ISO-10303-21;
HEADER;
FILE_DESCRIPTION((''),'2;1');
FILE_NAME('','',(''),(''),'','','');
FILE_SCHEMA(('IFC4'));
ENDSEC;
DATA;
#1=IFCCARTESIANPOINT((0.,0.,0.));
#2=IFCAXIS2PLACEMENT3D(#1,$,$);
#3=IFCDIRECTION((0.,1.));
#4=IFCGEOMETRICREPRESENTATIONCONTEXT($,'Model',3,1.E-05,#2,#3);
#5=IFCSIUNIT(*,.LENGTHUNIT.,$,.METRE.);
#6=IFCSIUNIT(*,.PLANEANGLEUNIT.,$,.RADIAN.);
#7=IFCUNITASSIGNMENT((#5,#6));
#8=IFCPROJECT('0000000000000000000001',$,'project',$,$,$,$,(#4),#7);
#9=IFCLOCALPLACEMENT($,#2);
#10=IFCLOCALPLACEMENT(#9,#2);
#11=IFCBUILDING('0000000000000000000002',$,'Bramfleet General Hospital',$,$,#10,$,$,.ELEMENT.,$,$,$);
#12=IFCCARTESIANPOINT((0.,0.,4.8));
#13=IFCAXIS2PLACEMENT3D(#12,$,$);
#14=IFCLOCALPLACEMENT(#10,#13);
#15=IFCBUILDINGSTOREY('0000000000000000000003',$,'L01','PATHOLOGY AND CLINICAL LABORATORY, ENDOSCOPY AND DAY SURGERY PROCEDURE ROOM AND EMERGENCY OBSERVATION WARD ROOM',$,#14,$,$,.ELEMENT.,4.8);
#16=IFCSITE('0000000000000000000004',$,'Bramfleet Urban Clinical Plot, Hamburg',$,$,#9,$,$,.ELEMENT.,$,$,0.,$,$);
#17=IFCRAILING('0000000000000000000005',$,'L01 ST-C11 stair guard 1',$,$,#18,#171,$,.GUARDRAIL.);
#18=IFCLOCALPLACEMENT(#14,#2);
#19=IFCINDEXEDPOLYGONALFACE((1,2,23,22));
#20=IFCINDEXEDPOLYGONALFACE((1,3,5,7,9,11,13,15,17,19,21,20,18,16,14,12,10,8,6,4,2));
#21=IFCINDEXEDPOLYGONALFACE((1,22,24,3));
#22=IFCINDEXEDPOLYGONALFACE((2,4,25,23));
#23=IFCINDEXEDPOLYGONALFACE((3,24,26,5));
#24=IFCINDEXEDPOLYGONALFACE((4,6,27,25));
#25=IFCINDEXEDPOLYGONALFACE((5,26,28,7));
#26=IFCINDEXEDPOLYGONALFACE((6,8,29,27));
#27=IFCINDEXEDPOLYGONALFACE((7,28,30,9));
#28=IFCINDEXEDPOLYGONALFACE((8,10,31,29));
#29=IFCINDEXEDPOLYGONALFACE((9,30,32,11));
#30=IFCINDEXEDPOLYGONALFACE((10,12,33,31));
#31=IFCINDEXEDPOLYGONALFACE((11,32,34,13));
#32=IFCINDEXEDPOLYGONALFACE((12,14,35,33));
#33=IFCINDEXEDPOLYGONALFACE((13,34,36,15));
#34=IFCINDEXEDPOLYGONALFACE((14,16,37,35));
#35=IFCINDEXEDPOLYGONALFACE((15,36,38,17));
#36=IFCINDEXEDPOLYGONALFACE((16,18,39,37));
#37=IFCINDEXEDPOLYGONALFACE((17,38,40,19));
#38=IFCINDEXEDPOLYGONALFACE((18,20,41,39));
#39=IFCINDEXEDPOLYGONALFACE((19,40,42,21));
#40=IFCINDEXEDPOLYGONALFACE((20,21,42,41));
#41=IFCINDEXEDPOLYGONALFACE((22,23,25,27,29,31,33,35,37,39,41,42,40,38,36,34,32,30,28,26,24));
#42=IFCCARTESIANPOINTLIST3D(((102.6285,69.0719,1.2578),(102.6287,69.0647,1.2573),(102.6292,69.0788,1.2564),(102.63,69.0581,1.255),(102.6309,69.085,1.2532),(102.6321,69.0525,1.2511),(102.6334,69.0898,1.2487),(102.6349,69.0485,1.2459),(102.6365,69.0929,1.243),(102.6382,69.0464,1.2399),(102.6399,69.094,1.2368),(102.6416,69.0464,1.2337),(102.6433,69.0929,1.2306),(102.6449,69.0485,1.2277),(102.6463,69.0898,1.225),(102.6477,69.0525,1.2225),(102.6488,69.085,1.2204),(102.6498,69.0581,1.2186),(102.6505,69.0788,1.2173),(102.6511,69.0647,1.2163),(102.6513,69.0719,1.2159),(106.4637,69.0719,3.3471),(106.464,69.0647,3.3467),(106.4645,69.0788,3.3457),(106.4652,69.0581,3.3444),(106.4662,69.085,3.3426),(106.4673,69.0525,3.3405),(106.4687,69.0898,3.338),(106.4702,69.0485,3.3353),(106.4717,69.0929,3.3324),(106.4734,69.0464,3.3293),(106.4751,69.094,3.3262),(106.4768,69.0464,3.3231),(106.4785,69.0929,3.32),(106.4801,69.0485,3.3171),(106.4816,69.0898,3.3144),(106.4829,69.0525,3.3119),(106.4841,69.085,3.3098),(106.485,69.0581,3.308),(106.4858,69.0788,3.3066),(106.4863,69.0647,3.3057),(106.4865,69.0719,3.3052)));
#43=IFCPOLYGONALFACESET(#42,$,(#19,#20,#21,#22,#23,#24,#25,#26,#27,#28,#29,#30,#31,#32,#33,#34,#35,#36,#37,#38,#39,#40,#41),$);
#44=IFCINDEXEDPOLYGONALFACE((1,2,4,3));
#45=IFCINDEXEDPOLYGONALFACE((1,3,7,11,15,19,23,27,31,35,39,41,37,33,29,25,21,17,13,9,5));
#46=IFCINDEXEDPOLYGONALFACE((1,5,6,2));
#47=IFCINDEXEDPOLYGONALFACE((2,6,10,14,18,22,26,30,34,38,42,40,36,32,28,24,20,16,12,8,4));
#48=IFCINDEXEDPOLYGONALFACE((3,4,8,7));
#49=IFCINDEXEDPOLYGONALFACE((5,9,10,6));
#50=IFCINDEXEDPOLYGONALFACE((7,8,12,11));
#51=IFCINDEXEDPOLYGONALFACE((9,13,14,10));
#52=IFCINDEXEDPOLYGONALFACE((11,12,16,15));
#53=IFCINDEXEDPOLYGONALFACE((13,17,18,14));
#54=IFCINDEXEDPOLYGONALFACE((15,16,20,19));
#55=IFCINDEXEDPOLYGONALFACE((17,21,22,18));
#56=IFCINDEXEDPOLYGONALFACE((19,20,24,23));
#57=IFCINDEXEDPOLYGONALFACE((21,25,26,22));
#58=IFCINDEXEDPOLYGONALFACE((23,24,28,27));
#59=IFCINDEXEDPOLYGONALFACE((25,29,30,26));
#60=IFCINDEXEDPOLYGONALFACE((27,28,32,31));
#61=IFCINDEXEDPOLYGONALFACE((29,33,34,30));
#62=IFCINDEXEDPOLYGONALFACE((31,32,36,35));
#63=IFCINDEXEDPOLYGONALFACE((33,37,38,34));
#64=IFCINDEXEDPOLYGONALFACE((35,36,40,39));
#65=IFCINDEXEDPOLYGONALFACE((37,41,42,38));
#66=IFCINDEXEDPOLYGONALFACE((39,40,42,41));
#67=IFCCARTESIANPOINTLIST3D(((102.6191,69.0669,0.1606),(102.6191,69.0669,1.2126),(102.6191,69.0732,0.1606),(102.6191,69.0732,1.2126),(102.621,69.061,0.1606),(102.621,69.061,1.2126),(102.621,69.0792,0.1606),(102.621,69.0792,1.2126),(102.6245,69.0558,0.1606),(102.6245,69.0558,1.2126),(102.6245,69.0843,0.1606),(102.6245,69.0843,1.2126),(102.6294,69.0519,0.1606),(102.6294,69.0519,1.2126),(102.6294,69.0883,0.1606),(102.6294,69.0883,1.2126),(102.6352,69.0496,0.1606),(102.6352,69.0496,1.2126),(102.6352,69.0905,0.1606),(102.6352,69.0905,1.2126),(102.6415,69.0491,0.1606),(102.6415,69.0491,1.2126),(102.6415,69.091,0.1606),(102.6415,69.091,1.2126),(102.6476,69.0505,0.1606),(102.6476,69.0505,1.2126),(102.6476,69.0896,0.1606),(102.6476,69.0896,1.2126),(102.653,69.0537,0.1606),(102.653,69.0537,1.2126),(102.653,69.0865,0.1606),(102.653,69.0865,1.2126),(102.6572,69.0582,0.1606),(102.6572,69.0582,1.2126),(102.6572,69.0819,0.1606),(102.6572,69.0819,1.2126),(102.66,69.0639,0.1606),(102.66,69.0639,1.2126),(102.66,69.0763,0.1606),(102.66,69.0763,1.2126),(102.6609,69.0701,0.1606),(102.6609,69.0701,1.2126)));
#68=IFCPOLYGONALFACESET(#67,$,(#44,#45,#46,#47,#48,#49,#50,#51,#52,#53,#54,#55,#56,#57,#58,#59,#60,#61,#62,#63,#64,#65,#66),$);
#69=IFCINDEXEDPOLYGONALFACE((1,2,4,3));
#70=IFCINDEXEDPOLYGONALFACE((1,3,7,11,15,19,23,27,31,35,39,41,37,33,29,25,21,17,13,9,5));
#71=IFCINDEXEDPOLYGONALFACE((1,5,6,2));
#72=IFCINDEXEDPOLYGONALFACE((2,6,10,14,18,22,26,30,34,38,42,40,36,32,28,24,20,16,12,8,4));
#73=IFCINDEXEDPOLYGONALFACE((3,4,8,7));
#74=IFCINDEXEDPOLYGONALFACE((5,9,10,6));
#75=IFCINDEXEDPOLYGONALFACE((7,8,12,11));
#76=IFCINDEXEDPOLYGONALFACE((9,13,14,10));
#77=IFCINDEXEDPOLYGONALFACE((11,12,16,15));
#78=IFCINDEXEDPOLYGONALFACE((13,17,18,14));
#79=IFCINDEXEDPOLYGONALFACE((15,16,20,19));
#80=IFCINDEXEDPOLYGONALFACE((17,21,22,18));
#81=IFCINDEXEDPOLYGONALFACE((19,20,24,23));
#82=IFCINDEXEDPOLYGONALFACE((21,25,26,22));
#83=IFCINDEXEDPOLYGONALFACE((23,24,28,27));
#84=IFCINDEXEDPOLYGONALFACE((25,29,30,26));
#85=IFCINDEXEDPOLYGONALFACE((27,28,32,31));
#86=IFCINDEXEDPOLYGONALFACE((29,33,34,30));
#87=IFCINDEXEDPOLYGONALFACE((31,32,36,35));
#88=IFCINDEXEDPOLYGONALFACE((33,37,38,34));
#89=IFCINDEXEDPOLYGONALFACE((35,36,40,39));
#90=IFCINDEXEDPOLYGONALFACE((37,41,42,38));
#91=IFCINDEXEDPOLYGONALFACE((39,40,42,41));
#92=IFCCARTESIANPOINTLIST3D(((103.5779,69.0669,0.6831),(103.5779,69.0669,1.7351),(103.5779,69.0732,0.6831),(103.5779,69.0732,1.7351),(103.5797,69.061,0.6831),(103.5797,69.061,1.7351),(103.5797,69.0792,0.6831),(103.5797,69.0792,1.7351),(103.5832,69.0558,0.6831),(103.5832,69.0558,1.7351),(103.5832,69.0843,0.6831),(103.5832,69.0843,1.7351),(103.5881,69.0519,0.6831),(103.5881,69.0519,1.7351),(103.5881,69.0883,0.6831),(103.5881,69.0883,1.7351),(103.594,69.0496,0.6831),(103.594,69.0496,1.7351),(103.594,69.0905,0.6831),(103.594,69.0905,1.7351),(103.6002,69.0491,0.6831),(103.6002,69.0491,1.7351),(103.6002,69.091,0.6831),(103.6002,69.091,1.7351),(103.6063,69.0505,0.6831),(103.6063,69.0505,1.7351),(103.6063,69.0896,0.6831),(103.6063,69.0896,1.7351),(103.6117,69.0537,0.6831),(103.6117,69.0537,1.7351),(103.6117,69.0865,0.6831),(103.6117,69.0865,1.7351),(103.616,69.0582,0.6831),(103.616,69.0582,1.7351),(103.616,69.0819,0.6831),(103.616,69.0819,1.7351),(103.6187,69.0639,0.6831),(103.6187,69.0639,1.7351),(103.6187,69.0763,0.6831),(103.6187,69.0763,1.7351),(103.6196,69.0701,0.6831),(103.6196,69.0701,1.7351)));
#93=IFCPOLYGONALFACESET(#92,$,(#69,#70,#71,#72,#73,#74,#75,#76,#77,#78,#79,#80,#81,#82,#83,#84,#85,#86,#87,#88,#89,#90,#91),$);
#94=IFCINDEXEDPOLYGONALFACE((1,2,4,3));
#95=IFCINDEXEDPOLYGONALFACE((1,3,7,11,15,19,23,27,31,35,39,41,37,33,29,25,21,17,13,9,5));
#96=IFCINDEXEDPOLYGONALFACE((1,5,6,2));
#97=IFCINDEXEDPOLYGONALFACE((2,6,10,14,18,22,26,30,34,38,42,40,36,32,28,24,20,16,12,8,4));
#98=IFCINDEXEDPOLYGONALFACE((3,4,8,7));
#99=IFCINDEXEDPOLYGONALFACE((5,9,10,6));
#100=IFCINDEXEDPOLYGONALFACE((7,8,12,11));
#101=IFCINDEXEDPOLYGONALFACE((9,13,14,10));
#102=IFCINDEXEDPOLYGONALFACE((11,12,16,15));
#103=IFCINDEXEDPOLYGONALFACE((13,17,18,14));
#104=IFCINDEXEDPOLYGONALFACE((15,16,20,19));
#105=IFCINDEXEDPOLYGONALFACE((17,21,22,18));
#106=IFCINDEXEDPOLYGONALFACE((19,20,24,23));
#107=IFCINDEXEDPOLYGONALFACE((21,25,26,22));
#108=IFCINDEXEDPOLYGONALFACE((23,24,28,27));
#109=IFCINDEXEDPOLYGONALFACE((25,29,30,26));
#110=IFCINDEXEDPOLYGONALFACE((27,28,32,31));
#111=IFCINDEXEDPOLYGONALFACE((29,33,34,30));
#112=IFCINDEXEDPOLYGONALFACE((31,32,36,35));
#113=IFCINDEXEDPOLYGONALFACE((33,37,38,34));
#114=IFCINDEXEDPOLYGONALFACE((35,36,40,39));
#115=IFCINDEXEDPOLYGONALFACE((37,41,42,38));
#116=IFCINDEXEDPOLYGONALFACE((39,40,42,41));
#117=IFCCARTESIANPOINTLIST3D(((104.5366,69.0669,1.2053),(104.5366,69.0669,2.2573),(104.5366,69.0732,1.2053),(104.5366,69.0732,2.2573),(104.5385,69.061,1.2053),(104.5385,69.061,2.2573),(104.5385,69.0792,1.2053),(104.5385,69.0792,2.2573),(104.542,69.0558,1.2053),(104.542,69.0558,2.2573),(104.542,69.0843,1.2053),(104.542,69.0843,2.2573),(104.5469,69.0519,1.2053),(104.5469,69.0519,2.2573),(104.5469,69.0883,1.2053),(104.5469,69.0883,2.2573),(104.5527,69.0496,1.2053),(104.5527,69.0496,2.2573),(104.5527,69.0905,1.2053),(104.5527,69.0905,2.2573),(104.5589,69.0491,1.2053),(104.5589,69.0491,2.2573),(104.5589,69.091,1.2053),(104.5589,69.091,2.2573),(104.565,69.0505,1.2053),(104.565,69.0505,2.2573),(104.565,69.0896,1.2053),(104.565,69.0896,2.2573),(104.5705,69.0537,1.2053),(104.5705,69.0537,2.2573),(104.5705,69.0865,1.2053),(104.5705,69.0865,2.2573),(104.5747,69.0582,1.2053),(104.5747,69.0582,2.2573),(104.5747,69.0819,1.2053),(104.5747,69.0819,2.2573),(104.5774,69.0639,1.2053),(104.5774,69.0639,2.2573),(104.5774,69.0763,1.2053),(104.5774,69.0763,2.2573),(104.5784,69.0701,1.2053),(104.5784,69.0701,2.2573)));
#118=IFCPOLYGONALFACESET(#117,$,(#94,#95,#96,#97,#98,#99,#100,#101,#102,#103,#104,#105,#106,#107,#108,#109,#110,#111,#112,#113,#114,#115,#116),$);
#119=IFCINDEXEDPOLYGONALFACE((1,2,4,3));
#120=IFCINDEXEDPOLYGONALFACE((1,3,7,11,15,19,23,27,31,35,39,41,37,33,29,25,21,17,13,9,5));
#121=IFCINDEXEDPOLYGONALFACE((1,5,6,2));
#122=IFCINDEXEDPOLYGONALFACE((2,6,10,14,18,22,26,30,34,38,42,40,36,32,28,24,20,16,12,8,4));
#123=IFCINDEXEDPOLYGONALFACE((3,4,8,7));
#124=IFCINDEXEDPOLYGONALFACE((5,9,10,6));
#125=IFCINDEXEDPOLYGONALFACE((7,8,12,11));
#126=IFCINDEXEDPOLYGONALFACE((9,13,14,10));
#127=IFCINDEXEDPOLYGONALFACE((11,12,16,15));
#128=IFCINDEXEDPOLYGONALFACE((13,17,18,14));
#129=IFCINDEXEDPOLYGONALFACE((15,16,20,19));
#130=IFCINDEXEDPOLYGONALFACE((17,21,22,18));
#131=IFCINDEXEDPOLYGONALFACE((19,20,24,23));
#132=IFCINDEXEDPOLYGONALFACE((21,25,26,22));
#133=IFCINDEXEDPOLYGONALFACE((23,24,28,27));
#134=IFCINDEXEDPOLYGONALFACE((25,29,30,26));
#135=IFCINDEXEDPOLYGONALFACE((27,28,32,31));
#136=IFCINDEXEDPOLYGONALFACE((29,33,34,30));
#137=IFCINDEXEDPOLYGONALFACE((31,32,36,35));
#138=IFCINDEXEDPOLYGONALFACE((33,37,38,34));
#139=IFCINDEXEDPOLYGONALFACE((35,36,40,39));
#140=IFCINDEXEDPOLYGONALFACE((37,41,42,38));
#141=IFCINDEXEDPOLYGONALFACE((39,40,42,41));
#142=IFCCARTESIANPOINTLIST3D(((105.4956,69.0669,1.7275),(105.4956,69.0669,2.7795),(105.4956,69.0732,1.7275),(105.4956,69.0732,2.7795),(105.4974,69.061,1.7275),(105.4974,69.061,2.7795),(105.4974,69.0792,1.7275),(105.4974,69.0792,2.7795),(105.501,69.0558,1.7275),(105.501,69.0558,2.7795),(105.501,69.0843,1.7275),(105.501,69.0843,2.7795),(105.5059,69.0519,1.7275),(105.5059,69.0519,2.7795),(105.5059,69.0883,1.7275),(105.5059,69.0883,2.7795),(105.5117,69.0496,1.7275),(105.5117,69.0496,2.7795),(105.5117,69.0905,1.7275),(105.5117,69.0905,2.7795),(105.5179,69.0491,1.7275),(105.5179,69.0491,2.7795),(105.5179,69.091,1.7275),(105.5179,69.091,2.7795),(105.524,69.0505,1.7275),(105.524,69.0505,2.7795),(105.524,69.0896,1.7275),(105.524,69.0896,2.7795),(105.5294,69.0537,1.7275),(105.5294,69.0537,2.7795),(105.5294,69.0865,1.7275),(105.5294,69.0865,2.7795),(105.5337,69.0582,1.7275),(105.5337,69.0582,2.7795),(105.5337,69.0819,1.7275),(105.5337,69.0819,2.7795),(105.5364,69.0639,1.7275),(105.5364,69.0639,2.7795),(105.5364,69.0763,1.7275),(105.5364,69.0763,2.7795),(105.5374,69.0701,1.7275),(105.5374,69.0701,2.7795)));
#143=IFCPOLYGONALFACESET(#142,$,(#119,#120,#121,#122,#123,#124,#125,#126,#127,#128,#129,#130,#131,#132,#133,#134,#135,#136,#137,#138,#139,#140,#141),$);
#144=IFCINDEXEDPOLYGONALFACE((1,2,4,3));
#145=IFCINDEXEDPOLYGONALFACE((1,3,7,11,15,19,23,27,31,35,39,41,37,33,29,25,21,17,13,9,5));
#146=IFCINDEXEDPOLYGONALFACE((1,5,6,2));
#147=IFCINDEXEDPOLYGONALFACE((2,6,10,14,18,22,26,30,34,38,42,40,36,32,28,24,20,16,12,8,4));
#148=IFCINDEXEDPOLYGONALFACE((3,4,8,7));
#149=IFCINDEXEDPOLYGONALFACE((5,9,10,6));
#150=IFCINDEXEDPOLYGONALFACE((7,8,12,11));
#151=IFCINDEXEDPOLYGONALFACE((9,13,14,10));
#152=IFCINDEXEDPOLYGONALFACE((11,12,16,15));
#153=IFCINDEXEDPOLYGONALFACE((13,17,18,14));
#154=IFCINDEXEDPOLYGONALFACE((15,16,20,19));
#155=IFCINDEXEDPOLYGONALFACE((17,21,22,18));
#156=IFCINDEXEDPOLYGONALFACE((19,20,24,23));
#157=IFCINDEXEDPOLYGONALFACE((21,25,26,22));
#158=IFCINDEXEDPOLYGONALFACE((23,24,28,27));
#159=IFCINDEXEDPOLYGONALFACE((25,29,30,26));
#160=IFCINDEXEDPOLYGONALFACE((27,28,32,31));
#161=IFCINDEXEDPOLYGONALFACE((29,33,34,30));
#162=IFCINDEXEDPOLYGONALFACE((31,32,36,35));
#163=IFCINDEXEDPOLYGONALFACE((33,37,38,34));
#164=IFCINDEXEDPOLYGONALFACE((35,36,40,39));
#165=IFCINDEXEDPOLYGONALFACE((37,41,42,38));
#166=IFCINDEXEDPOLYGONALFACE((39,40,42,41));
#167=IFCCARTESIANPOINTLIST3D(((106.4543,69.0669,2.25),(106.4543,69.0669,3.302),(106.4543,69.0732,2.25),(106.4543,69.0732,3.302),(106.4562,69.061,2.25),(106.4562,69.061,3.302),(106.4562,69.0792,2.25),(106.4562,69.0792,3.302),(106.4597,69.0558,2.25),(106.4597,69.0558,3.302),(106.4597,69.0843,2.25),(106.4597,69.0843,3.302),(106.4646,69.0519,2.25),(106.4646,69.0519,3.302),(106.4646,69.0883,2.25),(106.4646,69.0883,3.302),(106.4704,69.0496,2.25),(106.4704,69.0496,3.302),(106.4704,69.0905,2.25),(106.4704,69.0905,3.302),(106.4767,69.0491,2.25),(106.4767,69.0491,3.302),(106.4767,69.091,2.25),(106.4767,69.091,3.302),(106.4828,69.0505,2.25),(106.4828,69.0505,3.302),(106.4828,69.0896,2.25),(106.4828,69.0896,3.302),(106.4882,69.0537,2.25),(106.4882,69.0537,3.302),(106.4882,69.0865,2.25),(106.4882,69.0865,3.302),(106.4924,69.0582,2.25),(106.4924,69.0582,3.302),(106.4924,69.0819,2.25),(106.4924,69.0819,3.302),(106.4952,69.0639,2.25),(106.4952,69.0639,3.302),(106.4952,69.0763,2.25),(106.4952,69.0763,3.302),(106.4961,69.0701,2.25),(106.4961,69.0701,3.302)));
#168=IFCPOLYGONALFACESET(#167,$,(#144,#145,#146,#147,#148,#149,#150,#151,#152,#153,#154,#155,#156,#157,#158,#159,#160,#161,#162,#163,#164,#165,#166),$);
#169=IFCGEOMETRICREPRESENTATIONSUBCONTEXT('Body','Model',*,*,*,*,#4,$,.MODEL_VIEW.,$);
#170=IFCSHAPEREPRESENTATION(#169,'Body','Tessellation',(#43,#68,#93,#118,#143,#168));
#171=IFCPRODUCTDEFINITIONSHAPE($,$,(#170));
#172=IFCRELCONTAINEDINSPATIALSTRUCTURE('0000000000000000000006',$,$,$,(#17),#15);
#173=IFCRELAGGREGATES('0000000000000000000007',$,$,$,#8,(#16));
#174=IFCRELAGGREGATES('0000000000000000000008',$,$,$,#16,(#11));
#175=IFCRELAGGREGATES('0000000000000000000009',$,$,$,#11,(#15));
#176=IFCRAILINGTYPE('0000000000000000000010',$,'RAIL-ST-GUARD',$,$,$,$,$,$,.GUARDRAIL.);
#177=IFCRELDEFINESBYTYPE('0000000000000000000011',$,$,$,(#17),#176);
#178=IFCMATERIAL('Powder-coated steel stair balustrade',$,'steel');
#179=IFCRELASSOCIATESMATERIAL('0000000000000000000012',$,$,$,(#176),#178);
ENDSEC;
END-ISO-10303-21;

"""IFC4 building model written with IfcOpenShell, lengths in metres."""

from ifc_helpers import new_model, si_unit, direction, frame, origin, origin_2d, place, context, subcontext, project, spatial, circle, extrude, material, type_object, element, save


model = new_model("IFC4")

# Units and contexts
model_context = context("Model", 3, precision=1e-05, world=origin(), true_north=direction((0.0, 1.0)))
body_context = subcontext(model_context, "Body", "Model", "MODEL_VIEW")
ifc_project = project(units=[si_unit("LENGTHUNIT", "METRE"), si_unit("PLANEANGLEUNIT", "RADIAN")], contexts=[model_context])

# Site, building, storey
site_placement = place(None, origin())
site = spatial("IfcSite", under=ifc_project, at=site_placement, Name="Bramfleet Urban Clinical Plot, Hamburg", CompositionType="ELEMENT", RefElevation=0.0)
building_placement = place(site_placement, origin())
building = spatial("IfcBuilding", under=site, at=building_placement, Name="Bramfleet General Hospital", CompositionType="ELEMENT")
storey_placement = place(building_placement, frame((0.0, 0.0, 4.8)))
storey = spatial("IfcBuildingStorey", under=building, at=storey_placement, Name="L01", Description="PATHOLOGY AND CLINICAL LABORATORY, ENDOSCOPY AND DAY SURGERY PROCEDURE ROOM AND EMERGENCY OBSERVATION WARD ROOM", CompositionType="ELEMENT", Elevation=4.8)

# Railing
ifc_material_1 = material(Name="Powder-coated steel stair balustrade", Category="steel")
railing_type_1 = type_object("IfcRailingType", Name="RAIL-ST-GUARD", PredefinedType="GUARDRAIL", material=ifc_material_1)
railing_1_placement = place(storey_placement, frame((102.6399, 69.0701, 0.1606)))
element("IfcRailing", 1, at=railing_1_placement, inside=storey, type_object=railing_type_1, Name="L01 ST-C11 stair guard 1", PredefinedType="GUARDRAIL", context=body_context, shape_type="SweptSolid", body=[
    extrude(circle(Radius=0.0239, at=origin_2d()), frame((0.0, 0.0, 1.0762), z_axis=(0.878143, 0.0, 0.478398), x_axis=(0.0, 1.0, 0.0)), (0.0, 0.0, 1.0), 4.3674),
    extrude(circle(Radius=0.021, at=origin_2d()), origin(), (0.0, 0.0, 1.0), 1.052),
    extrude(circle(Radius=0.021, at=origin_2d()), frame((0.9587, 0.0, 0.5225)), (0.0, 0.0, 1.0), 1.052),
    extrude(circle(Radius=0.021, at=origin_2d()), frame((1.9175, 0.0, 1.0447)), (0.0, 0.0, 1.0), 1.052),
    extrude(circle(Radius=0.021, at=origin_2d()), frame((2.8765, 0.0, 1.5669)), (0.0, 0.0, 1.0), 1.052),
    extrude(circle(Radius=0.021, at=origin_2d()), frame((3.8352, 0.0, 2.0894)), (0.0, 0.0, 1.0), 1.052),
])

save(model, "model.ifc")
